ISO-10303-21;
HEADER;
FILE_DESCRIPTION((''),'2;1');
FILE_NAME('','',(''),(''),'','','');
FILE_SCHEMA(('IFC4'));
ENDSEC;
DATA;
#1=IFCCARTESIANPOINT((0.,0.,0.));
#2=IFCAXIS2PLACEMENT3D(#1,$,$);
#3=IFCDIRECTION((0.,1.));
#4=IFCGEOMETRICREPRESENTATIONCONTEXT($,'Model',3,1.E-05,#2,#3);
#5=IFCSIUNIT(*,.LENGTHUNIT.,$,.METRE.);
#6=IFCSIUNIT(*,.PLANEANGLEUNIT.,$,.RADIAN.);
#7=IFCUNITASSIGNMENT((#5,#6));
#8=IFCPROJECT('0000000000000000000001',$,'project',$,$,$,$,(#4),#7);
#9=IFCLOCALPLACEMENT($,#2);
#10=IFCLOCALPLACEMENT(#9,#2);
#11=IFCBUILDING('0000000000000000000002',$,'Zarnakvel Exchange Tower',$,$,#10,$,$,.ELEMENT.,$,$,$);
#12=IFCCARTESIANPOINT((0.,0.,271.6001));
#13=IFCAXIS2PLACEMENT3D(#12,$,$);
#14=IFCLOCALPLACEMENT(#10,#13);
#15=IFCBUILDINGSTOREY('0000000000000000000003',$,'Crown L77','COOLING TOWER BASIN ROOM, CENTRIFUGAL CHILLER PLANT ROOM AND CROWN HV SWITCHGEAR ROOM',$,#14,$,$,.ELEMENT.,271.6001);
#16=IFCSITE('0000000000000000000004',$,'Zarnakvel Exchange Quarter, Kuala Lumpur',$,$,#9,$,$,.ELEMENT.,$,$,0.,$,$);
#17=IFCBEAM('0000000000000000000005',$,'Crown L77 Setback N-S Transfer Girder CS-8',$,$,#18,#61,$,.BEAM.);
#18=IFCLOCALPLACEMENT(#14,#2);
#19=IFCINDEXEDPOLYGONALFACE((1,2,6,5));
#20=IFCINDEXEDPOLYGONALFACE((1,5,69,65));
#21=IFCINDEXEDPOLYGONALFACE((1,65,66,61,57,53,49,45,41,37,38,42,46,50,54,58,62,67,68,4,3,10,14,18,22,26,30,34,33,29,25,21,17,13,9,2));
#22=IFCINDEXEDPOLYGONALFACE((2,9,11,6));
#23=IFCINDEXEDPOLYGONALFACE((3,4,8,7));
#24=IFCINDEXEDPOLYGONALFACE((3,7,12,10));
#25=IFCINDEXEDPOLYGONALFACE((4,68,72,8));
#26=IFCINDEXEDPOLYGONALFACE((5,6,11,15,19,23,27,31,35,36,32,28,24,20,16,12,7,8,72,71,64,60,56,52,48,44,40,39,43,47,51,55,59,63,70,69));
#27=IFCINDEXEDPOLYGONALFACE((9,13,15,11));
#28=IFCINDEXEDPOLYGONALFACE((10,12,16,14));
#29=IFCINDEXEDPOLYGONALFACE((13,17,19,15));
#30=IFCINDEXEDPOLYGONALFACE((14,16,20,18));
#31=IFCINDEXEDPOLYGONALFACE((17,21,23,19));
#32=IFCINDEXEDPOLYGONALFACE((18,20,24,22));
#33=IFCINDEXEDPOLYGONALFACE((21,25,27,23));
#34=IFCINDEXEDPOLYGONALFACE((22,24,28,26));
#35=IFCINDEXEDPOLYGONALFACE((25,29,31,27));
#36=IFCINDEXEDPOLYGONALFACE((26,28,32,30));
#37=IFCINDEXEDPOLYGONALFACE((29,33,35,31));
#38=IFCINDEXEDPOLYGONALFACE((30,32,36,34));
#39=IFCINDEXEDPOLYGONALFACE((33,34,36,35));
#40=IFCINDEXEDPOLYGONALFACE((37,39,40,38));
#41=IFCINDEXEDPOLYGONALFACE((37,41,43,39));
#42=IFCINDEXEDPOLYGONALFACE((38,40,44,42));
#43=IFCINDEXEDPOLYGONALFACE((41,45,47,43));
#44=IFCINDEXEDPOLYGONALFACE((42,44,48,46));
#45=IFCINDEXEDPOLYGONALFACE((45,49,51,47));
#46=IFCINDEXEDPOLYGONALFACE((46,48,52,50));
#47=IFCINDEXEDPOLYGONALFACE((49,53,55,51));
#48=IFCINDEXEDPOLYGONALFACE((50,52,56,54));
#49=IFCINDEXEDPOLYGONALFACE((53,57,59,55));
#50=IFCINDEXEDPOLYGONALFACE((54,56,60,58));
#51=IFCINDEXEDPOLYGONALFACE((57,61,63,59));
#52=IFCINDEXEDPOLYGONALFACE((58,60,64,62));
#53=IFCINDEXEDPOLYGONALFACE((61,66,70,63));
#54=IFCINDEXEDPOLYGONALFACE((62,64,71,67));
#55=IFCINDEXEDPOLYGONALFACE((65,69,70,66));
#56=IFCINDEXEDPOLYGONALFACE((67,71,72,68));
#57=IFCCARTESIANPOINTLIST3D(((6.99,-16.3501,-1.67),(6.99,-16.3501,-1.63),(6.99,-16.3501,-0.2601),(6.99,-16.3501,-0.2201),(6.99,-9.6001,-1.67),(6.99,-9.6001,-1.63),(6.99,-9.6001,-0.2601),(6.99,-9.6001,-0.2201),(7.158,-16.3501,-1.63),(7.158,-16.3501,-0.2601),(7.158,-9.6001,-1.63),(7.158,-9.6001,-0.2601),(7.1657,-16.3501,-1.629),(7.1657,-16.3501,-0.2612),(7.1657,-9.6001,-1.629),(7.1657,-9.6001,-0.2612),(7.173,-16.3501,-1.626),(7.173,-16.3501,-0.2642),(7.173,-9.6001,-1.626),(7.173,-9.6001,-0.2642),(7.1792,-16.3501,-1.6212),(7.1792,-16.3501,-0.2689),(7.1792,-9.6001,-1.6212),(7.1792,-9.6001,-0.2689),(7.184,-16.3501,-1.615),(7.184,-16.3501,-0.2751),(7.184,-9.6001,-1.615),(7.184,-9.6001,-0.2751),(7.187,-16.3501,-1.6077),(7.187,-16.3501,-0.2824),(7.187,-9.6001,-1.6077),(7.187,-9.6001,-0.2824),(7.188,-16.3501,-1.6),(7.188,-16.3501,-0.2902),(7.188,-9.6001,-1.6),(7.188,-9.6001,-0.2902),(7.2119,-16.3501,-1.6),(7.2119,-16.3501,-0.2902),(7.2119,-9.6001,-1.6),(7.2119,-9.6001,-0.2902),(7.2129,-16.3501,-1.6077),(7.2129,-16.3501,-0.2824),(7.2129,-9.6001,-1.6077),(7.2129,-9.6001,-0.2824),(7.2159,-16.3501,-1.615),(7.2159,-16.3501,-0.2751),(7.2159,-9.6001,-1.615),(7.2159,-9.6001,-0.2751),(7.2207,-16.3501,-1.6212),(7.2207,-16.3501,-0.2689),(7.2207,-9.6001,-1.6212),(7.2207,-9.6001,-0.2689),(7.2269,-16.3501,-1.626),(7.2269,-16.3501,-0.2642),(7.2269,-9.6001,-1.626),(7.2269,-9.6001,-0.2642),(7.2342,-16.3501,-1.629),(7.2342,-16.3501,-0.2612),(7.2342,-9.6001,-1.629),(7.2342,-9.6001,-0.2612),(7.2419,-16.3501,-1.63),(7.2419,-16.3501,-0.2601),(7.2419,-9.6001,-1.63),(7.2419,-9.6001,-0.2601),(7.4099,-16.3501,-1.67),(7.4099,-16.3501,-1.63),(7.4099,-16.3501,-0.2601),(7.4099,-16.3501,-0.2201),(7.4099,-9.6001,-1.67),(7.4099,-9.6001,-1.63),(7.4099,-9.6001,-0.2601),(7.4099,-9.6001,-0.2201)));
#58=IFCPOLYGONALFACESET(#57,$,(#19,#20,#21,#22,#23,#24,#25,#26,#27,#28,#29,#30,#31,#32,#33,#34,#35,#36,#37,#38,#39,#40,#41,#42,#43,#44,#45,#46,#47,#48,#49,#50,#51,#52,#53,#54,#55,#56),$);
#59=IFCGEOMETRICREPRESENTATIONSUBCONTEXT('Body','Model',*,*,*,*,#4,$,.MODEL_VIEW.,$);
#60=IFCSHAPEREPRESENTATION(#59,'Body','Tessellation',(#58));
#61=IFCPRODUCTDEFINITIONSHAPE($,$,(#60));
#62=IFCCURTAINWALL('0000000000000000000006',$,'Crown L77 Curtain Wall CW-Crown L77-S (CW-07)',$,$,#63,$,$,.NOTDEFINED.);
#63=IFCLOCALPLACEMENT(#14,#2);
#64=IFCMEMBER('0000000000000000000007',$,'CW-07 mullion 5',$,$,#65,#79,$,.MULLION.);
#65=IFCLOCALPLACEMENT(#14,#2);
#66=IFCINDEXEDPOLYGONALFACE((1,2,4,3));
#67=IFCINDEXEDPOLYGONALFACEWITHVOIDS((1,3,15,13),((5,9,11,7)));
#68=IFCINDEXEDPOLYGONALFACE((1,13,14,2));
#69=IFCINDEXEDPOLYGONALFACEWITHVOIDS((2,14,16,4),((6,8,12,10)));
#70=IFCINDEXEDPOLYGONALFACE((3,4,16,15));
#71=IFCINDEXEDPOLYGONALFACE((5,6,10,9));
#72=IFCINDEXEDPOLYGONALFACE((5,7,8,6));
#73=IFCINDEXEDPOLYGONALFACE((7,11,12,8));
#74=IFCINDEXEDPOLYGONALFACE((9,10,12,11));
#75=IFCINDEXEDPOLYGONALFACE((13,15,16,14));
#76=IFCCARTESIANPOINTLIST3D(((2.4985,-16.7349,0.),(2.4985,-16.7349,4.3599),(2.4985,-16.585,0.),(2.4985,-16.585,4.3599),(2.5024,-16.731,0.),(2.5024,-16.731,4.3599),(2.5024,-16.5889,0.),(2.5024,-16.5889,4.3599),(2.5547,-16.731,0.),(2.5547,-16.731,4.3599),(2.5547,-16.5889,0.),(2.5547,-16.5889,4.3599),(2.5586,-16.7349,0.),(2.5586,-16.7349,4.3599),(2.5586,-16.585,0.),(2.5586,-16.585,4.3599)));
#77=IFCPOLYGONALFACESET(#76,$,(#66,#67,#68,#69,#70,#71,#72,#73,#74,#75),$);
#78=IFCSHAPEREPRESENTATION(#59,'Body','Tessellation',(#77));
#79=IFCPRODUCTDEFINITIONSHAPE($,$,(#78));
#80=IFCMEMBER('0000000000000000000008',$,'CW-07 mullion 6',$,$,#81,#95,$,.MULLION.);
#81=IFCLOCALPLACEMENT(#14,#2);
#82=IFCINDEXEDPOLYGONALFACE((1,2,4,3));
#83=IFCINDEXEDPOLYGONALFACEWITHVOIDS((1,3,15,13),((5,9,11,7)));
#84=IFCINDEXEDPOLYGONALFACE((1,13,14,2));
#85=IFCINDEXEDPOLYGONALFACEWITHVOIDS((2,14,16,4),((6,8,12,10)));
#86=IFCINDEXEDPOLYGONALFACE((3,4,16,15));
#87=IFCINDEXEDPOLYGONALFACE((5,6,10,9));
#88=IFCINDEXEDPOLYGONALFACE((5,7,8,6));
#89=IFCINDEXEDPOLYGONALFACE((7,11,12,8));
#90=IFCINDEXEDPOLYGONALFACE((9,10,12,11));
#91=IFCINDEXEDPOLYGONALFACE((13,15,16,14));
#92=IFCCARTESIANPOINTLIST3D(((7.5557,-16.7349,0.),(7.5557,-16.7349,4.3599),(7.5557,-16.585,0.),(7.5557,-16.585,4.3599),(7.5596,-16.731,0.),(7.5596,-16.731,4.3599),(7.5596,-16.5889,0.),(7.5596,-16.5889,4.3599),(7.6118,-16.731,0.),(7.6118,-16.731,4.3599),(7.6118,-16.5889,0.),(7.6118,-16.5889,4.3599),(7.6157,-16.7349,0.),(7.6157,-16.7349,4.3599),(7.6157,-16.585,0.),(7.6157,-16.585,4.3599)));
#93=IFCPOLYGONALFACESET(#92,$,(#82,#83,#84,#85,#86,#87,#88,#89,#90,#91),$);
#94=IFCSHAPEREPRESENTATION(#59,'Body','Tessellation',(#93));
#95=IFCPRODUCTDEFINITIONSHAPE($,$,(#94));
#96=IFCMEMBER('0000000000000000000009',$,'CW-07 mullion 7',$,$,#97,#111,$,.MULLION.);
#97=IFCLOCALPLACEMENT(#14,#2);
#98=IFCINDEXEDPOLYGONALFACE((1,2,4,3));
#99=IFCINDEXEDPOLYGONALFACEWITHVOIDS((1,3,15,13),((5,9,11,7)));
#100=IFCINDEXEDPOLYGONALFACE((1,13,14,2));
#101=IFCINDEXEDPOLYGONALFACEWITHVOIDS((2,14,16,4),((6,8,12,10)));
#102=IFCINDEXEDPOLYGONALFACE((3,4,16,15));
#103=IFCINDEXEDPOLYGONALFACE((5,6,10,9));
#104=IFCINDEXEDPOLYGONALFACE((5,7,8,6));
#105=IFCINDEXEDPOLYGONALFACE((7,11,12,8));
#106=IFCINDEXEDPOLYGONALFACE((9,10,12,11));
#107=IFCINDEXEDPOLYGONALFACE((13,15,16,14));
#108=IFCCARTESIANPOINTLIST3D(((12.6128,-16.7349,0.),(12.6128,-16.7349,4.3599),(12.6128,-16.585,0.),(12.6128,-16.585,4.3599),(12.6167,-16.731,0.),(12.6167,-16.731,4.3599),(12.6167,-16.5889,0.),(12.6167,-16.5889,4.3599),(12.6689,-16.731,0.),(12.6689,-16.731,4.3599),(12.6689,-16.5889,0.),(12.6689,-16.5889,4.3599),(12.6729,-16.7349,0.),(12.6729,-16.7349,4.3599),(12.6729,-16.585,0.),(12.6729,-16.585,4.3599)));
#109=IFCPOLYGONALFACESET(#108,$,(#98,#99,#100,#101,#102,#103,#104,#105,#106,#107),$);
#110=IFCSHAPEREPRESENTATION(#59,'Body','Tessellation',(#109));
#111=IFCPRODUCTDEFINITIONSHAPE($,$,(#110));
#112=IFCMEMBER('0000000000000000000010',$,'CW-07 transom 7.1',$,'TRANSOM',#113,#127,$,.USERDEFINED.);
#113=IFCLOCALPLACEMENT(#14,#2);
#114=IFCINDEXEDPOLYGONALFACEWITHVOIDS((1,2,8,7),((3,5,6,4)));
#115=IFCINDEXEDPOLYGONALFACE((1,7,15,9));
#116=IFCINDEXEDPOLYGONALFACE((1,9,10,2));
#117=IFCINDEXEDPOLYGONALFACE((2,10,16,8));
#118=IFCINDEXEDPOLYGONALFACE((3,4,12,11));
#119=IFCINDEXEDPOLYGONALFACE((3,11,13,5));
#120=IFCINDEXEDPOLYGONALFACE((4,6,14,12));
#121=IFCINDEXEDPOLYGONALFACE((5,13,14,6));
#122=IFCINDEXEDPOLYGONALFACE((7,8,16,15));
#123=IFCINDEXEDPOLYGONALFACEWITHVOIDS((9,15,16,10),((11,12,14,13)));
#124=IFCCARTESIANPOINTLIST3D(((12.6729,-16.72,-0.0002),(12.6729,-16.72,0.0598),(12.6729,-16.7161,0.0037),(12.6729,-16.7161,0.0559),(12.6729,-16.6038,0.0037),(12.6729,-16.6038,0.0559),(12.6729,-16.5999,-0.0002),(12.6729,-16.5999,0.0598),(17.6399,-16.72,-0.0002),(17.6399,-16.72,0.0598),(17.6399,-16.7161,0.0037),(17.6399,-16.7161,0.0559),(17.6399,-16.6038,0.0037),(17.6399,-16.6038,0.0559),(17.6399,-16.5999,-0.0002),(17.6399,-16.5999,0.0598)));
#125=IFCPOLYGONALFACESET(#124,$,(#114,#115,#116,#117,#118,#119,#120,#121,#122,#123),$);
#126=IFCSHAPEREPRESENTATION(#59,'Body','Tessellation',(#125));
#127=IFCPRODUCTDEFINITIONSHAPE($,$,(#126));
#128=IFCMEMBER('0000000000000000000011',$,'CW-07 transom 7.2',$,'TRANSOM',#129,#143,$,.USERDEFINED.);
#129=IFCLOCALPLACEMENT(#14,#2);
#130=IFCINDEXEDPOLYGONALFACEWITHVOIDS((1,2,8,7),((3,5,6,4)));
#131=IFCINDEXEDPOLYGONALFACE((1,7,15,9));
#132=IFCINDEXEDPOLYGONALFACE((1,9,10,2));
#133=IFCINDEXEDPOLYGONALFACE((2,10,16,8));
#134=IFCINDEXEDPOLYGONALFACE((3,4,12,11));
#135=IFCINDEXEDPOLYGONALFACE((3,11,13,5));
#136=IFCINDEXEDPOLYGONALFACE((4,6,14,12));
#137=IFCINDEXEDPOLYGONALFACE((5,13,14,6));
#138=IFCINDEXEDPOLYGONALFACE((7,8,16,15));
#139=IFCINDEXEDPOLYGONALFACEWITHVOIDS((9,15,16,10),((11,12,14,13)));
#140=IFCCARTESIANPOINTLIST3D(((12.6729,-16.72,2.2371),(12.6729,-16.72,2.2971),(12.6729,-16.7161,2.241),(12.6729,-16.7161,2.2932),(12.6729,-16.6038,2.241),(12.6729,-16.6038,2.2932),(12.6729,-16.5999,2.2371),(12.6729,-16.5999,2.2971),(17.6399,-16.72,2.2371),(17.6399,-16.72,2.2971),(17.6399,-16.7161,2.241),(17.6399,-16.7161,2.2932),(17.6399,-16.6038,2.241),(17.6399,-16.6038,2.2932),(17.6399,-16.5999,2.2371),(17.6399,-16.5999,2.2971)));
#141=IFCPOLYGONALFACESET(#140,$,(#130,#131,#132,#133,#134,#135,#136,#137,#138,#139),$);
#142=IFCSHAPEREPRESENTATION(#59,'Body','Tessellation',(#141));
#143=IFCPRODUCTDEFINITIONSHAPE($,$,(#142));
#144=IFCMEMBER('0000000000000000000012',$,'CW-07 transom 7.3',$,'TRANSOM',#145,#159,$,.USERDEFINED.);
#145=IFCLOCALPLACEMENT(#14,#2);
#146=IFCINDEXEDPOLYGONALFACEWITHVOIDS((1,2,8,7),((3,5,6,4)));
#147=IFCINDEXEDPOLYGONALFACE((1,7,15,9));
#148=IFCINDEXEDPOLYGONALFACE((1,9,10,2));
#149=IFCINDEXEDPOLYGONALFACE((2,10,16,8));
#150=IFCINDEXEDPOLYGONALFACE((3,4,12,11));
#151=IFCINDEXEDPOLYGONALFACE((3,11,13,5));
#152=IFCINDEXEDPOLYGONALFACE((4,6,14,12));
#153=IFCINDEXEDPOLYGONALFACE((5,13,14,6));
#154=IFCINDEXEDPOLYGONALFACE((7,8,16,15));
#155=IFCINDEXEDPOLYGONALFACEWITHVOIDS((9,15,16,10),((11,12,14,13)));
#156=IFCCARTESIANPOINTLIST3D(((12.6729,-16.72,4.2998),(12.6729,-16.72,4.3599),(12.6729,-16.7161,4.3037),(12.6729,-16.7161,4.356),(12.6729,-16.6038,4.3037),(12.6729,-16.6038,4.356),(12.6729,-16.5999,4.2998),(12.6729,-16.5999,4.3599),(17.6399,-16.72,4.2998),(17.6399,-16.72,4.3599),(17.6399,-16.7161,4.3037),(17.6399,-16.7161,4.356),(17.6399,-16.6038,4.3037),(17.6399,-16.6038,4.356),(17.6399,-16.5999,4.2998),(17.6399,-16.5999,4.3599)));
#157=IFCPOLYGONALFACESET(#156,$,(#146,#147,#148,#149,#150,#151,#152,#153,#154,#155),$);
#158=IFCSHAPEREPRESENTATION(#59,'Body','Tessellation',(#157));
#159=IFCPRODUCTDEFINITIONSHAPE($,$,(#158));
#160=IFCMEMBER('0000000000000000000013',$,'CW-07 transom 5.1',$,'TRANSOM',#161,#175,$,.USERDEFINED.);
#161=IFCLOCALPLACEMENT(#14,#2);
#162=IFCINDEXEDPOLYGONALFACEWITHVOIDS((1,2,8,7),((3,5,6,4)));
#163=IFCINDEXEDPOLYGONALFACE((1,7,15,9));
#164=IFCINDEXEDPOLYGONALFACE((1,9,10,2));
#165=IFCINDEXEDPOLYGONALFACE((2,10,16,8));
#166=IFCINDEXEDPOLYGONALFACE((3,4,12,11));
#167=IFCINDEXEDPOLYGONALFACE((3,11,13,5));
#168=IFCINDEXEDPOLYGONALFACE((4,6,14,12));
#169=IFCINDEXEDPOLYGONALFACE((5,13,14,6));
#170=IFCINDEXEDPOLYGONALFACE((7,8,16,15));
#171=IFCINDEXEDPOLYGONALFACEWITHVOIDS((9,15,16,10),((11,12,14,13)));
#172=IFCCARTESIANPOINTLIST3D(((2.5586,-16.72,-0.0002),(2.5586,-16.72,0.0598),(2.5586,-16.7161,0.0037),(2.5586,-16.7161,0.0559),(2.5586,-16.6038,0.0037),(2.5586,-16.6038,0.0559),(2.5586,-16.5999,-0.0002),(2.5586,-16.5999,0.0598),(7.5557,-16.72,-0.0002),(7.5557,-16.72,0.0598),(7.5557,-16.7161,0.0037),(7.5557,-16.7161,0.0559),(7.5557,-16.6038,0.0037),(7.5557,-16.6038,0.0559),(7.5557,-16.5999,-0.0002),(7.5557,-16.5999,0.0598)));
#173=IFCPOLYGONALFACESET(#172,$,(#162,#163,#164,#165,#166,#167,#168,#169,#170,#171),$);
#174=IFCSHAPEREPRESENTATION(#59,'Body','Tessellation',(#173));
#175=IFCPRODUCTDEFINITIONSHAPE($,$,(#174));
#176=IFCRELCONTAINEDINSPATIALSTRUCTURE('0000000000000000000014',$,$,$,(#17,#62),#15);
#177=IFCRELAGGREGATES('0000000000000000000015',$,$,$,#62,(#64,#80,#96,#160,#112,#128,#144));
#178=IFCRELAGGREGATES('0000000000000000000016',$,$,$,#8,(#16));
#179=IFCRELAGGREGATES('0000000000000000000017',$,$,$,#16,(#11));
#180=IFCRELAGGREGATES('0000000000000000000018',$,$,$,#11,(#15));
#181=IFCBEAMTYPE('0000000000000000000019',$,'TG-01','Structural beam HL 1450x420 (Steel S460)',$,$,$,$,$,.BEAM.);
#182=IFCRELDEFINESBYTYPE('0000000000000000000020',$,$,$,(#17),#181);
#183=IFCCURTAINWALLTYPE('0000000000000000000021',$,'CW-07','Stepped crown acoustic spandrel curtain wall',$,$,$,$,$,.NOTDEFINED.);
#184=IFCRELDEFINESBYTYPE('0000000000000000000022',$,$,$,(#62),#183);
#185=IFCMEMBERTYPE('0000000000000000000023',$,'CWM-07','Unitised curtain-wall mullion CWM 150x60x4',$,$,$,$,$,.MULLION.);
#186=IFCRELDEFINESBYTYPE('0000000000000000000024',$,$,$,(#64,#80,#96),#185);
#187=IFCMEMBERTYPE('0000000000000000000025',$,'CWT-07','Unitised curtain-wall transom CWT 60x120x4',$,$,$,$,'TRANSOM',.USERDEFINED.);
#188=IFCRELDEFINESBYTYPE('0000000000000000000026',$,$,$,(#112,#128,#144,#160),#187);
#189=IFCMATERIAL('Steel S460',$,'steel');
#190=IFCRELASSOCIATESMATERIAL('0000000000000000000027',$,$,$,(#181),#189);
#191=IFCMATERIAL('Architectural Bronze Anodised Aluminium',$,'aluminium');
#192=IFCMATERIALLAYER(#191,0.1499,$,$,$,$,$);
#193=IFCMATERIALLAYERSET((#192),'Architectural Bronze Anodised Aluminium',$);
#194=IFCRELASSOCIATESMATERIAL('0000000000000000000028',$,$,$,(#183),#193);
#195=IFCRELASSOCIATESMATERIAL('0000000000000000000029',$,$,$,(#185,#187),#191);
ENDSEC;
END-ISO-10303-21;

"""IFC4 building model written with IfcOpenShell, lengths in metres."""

from ifc_helpers import new_model, si_unit, direction, frame, origin, origin_2d, place, context, subcontext, project, spatial, hollow_rectangle, i_section, extrude, source, transform, mapped, material, layer, layer_set, material_profile, profile_set, type_object, element, aggregate, save


model = new_model("IFC4")

# Units and contexts
model_context = context("Model", 3, precision=1e-05, world=origin(), true_north=direction((0.0, 1.0)))
body_context = subcontext(model_context, "Body", "Model", "MODEL_VIEW")
ifc_project = project(units=[si_unit("LENGTHUNIT", "METRE"), si_unit("PLANEANGLEUNIT", "RADIAN")], contexts=[model_context])

# Site, building, storey
site_placement = place(None, origin())
site = spatial("IfcSite", under=ifc_project, at=site_placement, Name="Zarnakvel Exchange Quarter, Kuala Lumpur", CompositionType="ELEMENT", RefElevation=0.0)
building_placement = place(site_placement, origin())
building = spatial("IfcBuilding", under=site, at=building_placement, Name="Zarnakvel Exchange Tower", CompositionType="ELEMENT")
storey_placement = place(building_placement, frame((0.0, 0.0, 271.6001)))
storey = spatial("IfcBuildingStorey", under=building, at=storey_placement, Name="Crown L77", Description="COOLING TOWER BASIN ROOM, CENTRIFUGAL CHILLER PLANT ROOM AND CROWN HV SWITCHGEAR ROOM", CompositionType="ELEMENT", Elevation=271.6001)

# Beam
ifc_material_1 = material(Name="Steel S460", Category="steel")
ifc_material_profile_1 = material_profile(ifc_material_1, i_section(OverallWidth=0.4199, OverallDepth=1.45, WebThickness=0.0239, FlangeThickness=0.04, FilletRadius=0.03, at=origin_2d()))
ifc_profile_set_1 = profile_set([ifc_material_profile_1], Name="Steel S460")
beam_type = type_object("IfcBeamType", Name="TG-01", Description="Structural beam HL 1450x420 (Steel S460)", PredefinedType="BEAM", material=ifc_profile_set_1)
beam_placement = place(storey_placement, frame((7.2, -16.3501, -0.9451), z_axis=(0.0, 1.0, 0.0), x_axis=(-1.0, 0.0, 0.0)))
element("IfcBeam", 1, at=beam_placement, inside=storey, type_object=beam_type, Name="Crown L77 Setback N-S Transfer Girder CS-8", PredefinedType="BEAM", context=body_context, shape_type="SweptSolid", body=[
    extrude(i_section(OverallWidth=0.4199, OverallDepth=1.45, WebThickness=0.0239, FlangeThickness=0.04, FilletRadius=0.03, at=origin_2d()), origin(), (0.0, 0.0, 1.0), 6.75),
])

# Curtain wall, members
ifc_material_2 = material(Name="Architectural Bronze Anodised Aluminium", Category="aluminium")
ifc_layer_1 = layer(ifc_material_2, 0.1499)
ifc_layer_set_1 = layer_set([ifc_layer_1], Name="Architectural Bronze Anodised Aluminium")
curtain_wall_type = type_object("IfcCurtainWallType", Name="CW-07", Description="Stepped crown acoustic spandrel curtain wall", PredefinedType="NOTDEFINED", material=ifc_layer_set_1)
curtain_wall_placement = place(storey_placement, origin())
curtain_wall = element("IfcCurtainWall", 2, at=curtain_wall_placement, inside=storey, type_object=curtain_wall_type, Name="Crown L77 Curtain Wall CW-Crown L77-S (CW-07)", PredefinedType="NOTDEFINED")
ifc_material_profile_2 = material_profile(ifc_material_2, hollow_rectangle(XDim=0.1499, YDim=0.0601, WallThickness=0.0039, at=origin_2d()))
ifc_profile_set_2 = profile_set([ifc_material_profile_2], Name="Architectural Bronze Anodised Aluminium")
member_type_1 = type_object("IfcMemberType", Name="CWM-07", Description="Unitised curtain-wall mullion CWM 150x60x4", PredefinedType="MULLION", material=ifc_profile_set_2)
shared_shape_1 = source(origin(), body_context, "Body", "SweptSolid", [
    extrude(hollow_rectangle(XDim=0.1499, YDim=0.0601, WallThickness=0.0039, at=origin_2d()), origin(), (0.0, 0.0, 1.0), 4.3599),
])
member_1_placement = place(storey_placement, frame((2.5286, -16.6599, 0.0), z_axis=(0.0, 0.0, 1.0), x_axis=(0.0, 1.0, 0.0)))
member_1 = element("IfcMember", 3, at=member_1_placement, type_object=member_type_1, Name="CW-07 mullion 5", PredefinedType="MULLION", context=body_context, shape_type="MappedRepresentation", body=[
    mapped(shared_shape_1, transform((0.0, 0.0, 0.0), x_axis=(1.0, 0.0, 0.0), y_axis=(0.0, 1.0, 0.0), z_axis=(0.0, 0.0, 1.0), scale=1.0)),
])
member_2_placement = place(storey_placement, frame((7.5857, -16.6599, 0.0), z_axis=(0.0, 0.0, 1.0), x_axis=(0.0, 1.0, 0.0)))
member_2 = element("IfcMember", 4, at=member_2_placement, type_object=member_type_1, Name="CW-07 mullion 6", PredefinedType="MULLION", context=body_context, shape_type="MappedRepresentation", body=[
    mapped(shared_shape_1, transform((0.0, 0.0, 0.0), x_axis=(1.0, 0.0, 0.0), y_axis=(0.0, 1.0, 0.0), z_axis=(0.0, 0.0, 1.0), scale=1.0)),
])
member_3_placement = place(storey_placement, frame((12.6428, -16.6599, 0.0), z_axis=(0.0, 0.0, 1.0), x_axis=(0.0, 1.0, 0.0)))
member_3 = element("IfcMember", 5, at=member_3_placement, type_object=member_type_1, Name="CW-07 mullion 7", PredefinedType="MULLION", context=body_context, shape_type="MappedRepresentation", body=[
    mapped(shared_shape_1, transform((0.0, 0.0, 0.0), x_axis=(1.0, 0.0, 0.0), y_axis=(0.0, 1.0, 0.0), z_axis=(0.0, 0.0, 1.0), scale=1.0)),
])
ifc_material_profile_3 = material_profile(ifc_material_2, hollow_rectangle(XDim=0.1201, YDim=0.0601, WallThickness=0.0039, at=origin_2d()))
ifc_profile_set_3 = profile_set([ifc_material_profile_3], Name="Architectural Bronze Anodised Aluminium")
member_type_2 = type_object("IfcMemberType", Name="CWT-07", Description="Unitised curtain-wall transom CWT 60x120x4", ElementType="TRANSOM", PredefinedType="USERDEFINED", material=ifc_profile_set_3)
shared_shape_2 = source(origin(), body_context, "Body", "SweptSolid", [
    extrude(hollow_rectangle(XDim=0.1201, YDim=0.0601, WallThickness=0.0039, at=origin_2d()), origin(), (0.0, 0.0, 1.0), 4.967),
])
member_4_placement = place(storey_placement, frame((12.6729, -16.6599, 0.0298), z_axis=(1.0, 0.0, 0.0), x_axis=(0.0, 1.0, 0.0)))
member_4 = element("IfcMember", 6, at=member_4_placement, type_object=member_type_2, Name="CW-07 transom 7.1", ObjectType="TRANSOM", PredefinedType="USERDEFINED", context=body_context, shape_type="MappedRepresentation", body=[
    mapped(shared_shape_2, transform((0.0, 0.0, 0.0), x_axis=(1.0, 0.0, 0.0), y_axis=(0.0, 1.0, 0.0), z_axis=(0.0, 0.0, 1.0), scale=1.0)),
])
member_5_placement = place(storey_placement, frame((12.6729, -16.6599, 2.2671), z_axis=(1.0, 0.0, 0.0), x_axis=(0.0, 1.0, 0.0)))
member_5 = element("IfcMember", 7, at=member_5_placement, type_object=member_type_2, Name="CW-07 transom 7.2", ObjectType="TRANSOM", PredefinedType="USERDEFINED", context=body_context, shape_type="MappedRepresentation", body=[
    mapped(shared_shape_2, transform((0.0, 0.0, 0.0), x_axis=(1.0, 0.0, 0.0), y_axis=(0.0, 1.0, 0.0), z_axis=(0.0, 0.0, 1.0), scale=1.0)),
])
member_6_placement = place(storey_placement, frame((12.6729, -16.6599, 4.3298), z_axis=(1.0, 0.0, 0.0), x_axis=(0.0, 1.0, 0.0)))
member_6 = element("IfcMember", 8, at=member_6_placement, type_object=member_type_2, Name="CW-07 transom 7.3", ObjectType="TRANSOM", PredefinedType="USERDEFINED", context=body_context, shape_type="MappedRepresentation", body=[
    mapped(shared_shape_2, transform((0.0, 0.0, 0.0), x_axis=(1.0, 0.0, 0.0), y_axis=(0.0, 1.0, 0.0), z_axis=(0.0, 0.0, 1.0), scale=1.0)),
])
shared_shape_3 = source(origin(), body_context, "Body", "SweptSolid", [
    extrude(hollow_rectangle(XDim=0.1201, YDim=0.0601, WallThickness=0.0039, at=origin_2d()), origin(), (0.0, 0.0, 1.0), 4.9971),
])
member_7_placement = place(storey_placement, frame((2.5586, -16.6599, 0.0298), z_axis=(1.0, 0.0, 0.0), x_axis=(0.0, 1.0, 0.0)))
member_7 = element("IfcMember", 9, at=member_7_placement, type_object=member_type_2, Name="CW-07 transom 5.1", ObjectType="TRANSOM", PredefinedType="USERDEFINED", context=body_context, shape_type="MappedRepresentation", body=[
    mapped(shared_shape_3, transform((0.0, 0.0, 0.0), x_axis=(1.0, 0.0, 0.0), y_axis=(0.0, 1.0, 0.0), z_axis=(0.0, 0.0, 1.0), scale=1.0)),
])

aggregate(curtain_wall, [member_1, member_2, member_3, member_7, member_4, member_5, member_6])

save(model, "model.ifc")
